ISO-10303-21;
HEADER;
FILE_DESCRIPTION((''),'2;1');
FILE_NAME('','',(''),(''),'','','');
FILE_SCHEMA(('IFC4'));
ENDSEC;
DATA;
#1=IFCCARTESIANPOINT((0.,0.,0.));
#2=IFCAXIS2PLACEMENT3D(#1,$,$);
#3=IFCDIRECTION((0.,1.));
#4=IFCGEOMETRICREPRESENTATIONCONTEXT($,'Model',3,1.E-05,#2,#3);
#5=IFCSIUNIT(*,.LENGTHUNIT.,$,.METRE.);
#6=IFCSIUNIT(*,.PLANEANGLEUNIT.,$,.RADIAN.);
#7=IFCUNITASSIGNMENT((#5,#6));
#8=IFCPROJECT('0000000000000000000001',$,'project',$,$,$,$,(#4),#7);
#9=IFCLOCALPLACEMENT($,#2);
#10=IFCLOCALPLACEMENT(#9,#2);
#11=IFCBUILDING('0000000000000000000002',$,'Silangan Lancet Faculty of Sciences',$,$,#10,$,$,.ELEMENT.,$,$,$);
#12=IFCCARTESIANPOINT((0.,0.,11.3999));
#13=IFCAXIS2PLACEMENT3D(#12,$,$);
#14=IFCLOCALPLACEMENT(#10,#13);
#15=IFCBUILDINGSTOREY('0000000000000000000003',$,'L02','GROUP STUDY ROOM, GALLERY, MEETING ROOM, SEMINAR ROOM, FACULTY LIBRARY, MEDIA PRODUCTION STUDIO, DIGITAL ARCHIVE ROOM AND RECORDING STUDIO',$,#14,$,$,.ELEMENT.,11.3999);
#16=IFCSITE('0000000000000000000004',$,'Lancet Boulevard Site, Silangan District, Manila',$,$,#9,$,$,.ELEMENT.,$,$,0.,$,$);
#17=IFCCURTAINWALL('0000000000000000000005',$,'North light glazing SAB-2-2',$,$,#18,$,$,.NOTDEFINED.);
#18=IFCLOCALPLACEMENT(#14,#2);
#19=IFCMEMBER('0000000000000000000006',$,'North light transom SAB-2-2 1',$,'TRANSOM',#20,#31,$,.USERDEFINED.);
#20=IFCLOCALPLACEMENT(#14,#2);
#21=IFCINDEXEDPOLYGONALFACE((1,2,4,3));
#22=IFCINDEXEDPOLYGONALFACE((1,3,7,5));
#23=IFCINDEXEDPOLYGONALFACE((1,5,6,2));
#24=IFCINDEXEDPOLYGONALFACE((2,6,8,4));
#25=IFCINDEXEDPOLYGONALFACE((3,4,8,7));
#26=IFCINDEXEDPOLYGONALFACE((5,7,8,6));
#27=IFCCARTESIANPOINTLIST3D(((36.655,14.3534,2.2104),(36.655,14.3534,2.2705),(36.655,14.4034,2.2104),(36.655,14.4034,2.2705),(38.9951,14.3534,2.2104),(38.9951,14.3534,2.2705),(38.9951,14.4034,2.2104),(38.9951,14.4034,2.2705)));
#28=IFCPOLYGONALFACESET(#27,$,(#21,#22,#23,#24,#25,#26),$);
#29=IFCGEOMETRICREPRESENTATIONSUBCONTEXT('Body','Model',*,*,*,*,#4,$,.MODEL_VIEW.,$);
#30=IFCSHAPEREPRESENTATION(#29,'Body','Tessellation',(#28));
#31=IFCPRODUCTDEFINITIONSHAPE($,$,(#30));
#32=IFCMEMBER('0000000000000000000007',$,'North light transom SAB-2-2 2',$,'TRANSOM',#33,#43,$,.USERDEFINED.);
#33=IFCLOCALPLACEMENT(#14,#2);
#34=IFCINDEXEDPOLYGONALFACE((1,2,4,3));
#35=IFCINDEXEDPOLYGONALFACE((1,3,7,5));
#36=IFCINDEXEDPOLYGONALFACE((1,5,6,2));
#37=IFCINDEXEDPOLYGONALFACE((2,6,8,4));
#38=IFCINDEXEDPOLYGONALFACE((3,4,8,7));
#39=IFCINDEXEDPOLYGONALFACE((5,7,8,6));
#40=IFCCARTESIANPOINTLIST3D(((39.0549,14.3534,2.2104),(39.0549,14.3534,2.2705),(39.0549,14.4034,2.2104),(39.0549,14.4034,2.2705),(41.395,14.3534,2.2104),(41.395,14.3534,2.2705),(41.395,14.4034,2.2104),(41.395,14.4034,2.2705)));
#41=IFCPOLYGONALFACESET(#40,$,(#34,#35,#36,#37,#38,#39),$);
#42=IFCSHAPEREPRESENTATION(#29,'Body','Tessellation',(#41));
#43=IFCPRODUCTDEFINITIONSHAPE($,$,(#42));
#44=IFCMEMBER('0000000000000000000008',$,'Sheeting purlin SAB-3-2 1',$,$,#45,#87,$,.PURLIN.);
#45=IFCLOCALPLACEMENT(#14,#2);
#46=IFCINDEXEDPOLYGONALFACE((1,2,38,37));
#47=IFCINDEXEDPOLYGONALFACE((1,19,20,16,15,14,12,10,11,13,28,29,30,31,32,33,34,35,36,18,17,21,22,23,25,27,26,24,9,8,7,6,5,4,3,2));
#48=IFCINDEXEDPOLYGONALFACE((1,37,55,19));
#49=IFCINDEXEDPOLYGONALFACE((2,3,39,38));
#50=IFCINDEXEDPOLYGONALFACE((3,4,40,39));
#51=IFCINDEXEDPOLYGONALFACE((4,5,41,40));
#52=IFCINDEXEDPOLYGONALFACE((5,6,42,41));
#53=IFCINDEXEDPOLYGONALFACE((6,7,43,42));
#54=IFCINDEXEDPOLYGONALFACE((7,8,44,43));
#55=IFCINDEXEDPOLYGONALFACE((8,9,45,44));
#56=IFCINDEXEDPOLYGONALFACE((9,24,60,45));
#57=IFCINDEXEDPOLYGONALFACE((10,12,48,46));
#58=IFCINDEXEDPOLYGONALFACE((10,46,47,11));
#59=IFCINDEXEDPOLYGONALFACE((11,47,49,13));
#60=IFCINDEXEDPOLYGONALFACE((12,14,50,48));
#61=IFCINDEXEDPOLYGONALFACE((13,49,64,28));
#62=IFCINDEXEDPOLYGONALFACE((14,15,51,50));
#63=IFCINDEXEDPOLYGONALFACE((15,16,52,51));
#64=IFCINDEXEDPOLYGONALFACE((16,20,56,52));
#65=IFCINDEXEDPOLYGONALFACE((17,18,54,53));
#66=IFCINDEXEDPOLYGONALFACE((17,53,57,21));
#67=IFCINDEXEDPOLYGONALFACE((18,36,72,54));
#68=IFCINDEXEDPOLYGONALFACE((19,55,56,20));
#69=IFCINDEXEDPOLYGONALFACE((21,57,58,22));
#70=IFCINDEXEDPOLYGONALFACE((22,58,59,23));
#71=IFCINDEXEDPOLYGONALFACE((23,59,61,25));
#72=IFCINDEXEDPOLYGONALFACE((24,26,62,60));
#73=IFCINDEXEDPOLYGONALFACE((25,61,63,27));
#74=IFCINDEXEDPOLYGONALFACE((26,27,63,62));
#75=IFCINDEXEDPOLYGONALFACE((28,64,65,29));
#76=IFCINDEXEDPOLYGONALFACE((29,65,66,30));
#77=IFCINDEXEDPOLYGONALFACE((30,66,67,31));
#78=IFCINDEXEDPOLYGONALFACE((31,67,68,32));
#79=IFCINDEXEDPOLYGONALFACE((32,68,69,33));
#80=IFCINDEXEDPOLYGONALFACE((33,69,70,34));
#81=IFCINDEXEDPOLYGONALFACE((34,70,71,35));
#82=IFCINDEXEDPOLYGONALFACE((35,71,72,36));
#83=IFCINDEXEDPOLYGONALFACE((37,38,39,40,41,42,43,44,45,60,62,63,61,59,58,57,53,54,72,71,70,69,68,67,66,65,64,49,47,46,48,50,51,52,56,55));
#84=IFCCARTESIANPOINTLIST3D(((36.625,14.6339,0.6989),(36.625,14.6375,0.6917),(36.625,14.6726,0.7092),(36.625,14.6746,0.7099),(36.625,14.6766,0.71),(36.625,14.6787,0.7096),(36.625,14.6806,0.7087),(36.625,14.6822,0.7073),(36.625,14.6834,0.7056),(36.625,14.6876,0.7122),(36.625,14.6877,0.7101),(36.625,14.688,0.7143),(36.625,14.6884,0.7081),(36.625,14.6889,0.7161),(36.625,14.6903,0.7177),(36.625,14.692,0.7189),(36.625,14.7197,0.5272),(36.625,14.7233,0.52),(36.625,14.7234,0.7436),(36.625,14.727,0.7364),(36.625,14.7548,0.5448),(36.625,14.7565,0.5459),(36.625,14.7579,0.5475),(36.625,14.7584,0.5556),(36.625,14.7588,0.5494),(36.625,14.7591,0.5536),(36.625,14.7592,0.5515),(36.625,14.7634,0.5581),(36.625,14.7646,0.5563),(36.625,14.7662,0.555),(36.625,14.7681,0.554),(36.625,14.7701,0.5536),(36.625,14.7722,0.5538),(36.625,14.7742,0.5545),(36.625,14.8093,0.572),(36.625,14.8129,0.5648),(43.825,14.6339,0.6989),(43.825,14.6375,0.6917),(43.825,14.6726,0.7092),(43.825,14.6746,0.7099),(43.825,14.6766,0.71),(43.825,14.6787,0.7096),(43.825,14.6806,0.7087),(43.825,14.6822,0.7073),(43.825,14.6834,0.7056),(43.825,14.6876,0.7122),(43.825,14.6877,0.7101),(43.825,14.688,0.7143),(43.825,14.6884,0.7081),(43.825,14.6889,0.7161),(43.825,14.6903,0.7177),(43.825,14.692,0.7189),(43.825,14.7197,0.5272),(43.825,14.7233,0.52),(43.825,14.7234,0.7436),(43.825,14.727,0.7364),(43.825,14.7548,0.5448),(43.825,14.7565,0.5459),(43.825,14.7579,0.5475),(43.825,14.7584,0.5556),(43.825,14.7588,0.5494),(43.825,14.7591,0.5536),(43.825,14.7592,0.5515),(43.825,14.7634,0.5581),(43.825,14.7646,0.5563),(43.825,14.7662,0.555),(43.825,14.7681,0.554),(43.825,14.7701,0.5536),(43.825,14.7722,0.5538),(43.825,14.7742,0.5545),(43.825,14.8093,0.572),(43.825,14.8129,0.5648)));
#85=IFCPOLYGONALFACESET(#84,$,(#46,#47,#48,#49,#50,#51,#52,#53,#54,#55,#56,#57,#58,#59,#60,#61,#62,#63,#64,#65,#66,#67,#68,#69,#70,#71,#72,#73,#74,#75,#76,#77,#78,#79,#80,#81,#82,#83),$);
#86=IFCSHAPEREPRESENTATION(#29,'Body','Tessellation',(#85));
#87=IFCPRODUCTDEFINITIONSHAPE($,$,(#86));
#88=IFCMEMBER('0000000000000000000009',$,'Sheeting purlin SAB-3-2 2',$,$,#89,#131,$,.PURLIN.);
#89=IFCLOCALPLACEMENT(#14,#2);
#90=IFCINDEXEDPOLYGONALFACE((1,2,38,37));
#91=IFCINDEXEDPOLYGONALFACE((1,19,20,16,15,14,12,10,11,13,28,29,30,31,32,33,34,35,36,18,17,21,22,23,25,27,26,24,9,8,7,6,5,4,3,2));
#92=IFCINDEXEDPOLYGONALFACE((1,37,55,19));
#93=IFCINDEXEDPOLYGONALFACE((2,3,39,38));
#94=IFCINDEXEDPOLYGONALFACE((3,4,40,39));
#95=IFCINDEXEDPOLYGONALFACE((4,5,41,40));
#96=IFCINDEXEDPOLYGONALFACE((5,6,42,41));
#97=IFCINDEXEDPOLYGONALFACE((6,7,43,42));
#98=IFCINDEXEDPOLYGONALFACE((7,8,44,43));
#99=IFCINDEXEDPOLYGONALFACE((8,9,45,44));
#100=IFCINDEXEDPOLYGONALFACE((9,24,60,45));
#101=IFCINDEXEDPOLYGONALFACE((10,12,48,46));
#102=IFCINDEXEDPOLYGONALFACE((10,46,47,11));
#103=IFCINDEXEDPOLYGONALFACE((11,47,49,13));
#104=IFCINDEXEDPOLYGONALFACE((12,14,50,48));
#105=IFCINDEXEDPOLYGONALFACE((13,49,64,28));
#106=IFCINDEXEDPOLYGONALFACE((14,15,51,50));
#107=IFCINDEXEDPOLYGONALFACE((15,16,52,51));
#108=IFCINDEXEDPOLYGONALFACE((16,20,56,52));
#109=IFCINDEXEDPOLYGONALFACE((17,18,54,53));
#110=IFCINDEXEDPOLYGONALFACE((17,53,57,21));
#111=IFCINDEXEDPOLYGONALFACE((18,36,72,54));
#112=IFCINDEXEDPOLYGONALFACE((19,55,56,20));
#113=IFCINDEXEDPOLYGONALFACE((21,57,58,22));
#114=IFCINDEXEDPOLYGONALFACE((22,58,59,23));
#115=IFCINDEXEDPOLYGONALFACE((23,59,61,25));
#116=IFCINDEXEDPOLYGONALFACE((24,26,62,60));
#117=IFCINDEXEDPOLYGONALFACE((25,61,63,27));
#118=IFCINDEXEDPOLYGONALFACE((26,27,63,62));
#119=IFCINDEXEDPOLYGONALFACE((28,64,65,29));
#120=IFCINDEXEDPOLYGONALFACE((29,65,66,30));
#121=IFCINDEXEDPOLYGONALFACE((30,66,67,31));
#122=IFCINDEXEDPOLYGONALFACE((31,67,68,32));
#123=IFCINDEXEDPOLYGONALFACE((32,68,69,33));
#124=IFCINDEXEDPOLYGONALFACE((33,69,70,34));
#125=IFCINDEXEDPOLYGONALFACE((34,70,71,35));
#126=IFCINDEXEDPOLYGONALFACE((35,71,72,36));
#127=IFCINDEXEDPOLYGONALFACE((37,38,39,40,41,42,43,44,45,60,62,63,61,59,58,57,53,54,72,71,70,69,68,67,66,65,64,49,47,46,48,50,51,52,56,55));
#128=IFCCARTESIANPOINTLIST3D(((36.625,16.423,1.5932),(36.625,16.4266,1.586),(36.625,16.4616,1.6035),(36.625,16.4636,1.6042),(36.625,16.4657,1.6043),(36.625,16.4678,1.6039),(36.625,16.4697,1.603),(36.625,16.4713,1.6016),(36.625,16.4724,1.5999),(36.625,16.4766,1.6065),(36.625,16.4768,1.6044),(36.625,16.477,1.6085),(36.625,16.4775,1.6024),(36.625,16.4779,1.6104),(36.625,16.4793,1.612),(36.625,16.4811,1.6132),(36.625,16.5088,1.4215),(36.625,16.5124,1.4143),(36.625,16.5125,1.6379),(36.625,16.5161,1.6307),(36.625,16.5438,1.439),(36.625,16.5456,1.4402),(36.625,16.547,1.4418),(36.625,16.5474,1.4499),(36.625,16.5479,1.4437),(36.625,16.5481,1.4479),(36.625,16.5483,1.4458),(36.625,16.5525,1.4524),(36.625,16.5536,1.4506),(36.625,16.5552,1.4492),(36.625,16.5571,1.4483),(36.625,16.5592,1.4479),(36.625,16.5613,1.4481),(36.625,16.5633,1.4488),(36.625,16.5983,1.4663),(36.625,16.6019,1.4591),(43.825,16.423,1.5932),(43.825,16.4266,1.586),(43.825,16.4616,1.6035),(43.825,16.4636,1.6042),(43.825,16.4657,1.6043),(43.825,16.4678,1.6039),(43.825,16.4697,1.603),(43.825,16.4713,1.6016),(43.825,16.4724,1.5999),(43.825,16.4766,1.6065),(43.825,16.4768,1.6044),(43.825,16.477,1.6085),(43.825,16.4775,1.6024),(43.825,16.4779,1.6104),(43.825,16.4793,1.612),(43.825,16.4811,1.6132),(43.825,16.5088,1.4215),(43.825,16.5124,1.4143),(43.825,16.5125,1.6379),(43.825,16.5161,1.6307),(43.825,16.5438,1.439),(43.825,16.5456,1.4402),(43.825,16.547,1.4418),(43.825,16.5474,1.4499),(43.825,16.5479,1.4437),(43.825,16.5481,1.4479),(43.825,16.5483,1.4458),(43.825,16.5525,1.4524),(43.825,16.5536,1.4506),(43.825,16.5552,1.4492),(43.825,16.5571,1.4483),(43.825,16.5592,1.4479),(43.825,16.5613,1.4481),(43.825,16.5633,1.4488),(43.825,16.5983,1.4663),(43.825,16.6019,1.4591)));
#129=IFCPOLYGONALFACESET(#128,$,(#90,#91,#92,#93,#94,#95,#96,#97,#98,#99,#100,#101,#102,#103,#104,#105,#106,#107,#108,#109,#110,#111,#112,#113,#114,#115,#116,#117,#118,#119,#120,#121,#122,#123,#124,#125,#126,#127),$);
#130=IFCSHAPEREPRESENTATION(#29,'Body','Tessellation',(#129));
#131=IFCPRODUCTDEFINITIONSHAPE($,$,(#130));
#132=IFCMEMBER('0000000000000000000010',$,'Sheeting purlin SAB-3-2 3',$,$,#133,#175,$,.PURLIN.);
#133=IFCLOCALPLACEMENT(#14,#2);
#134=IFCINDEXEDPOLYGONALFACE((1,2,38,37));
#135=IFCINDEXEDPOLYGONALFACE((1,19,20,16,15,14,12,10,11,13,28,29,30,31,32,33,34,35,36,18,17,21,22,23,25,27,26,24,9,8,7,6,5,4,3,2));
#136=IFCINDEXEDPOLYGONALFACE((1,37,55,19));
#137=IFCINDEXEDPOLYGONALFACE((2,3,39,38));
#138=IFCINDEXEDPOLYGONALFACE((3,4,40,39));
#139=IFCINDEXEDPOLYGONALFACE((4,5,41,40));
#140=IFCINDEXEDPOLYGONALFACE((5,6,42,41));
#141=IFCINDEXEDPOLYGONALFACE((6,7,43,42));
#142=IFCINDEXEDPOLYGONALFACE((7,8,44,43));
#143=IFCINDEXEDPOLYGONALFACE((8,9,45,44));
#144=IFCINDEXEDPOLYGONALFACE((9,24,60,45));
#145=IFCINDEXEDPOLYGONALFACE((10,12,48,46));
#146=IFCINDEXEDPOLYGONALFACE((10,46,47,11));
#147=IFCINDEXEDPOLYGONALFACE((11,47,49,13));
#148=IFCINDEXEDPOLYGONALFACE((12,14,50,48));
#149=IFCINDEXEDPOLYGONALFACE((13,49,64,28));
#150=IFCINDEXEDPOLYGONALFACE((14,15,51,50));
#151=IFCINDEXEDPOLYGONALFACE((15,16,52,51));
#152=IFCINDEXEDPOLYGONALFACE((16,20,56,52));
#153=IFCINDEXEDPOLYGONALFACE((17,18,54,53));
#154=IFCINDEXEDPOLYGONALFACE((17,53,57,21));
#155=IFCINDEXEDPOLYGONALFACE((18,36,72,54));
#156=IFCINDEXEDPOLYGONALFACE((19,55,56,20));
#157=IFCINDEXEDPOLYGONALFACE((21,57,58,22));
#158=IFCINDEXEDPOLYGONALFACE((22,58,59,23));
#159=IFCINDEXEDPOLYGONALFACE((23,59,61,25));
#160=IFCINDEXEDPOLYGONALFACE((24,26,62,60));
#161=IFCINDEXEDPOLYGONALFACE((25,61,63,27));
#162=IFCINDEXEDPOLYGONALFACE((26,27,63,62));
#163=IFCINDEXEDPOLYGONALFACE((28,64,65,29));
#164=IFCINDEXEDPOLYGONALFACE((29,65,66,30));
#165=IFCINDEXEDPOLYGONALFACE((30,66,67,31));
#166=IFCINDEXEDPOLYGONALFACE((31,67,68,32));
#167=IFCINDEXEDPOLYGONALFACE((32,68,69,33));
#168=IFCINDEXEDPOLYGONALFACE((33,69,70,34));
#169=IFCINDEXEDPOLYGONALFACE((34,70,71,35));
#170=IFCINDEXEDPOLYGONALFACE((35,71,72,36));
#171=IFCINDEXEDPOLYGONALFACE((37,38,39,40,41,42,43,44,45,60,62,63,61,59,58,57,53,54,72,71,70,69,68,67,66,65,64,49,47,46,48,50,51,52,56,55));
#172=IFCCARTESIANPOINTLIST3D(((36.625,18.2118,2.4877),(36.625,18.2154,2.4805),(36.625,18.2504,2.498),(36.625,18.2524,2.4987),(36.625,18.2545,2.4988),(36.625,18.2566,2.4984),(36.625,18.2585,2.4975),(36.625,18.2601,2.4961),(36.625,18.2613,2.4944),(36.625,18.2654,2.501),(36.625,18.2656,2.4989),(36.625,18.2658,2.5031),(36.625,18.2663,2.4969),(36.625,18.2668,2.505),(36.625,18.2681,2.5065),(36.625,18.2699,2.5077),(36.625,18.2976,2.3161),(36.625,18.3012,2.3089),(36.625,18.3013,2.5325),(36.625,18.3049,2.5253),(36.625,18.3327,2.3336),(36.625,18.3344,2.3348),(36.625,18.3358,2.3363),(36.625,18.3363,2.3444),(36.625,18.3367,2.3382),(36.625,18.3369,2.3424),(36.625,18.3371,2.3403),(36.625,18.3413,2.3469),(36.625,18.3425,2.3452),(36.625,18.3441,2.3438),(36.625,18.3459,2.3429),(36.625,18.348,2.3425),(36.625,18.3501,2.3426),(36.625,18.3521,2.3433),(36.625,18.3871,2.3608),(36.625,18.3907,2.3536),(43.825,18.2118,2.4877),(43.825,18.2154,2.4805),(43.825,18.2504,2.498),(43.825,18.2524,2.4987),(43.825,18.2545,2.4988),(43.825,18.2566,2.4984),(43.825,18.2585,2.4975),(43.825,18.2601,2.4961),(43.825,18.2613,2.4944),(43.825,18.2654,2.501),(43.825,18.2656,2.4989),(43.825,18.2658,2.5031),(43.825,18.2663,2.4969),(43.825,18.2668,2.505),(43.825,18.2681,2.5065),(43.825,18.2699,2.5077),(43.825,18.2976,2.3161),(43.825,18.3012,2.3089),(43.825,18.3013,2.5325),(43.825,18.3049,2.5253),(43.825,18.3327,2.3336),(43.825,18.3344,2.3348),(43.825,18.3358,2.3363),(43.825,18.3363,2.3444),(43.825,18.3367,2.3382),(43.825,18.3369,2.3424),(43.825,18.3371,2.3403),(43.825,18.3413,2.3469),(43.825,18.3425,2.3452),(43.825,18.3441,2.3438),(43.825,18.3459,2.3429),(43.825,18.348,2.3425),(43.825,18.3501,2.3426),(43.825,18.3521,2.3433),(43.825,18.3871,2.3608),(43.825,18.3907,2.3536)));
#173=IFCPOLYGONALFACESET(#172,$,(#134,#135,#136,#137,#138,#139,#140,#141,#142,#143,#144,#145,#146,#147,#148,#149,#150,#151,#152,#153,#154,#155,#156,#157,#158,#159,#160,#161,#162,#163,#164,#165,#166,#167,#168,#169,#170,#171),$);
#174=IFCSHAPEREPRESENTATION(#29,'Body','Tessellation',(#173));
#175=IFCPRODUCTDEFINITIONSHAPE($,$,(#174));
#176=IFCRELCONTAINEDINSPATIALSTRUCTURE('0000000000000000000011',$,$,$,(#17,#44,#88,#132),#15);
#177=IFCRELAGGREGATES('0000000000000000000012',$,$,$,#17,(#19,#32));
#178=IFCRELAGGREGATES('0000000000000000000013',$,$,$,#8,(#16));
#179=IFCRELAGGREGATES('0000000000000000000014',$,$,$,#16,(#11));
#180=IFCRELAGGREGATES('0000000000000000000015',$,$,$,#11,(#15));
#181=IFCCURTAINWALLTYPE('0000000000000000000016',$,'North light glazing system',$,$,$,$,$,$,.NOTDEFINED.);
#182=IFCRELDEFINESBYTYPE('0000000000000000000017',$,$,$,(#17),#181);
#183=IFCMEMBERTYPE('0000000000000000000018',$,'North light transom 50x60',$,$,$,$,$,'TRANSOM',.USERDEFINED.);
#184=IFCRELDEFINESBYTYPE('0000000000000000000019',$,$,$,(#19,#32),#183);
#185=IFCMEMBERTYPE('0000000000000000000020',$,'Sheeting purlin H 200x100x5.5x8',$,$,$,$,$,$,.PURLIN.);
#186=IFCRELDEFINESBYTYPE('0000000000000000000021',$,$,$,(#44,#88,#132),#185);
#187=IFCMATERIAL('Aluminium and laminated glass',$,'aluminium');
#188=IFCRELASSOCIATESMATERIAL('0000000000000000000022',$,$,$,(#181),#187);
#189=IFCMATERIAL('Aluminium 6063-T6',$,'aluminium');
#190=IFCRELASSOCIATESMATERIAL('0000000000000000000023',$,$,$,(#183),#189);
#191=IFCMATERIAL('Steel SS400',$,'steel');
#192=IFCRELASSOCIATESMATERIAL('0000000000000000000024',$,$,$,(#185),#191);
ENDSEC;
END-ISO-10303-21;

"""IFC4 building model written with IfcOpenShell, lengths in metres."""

from ifc_helpers import new_model, si_unit, direction, frame, origin, origin_2d, place, context, subcontext, project, spatial, rectangle, i_section, extrude, material, material_profile, profile_set, type_object, element, aggregate, save


model = new_model("IFC4")

# Units and contexts
model_context = context("Model", 3, precision=1e-05, world=origin(), true_north=direction((0.0, 1.0)))
body_context = subcontext(model_context, "Body", "Model", "MODEL_VIEW")
ifc_project = project(units=[si_unit("LENGTHUNIT", "METRE"), si_unit("PLANEANGLEUNIT", "RADIAN")], contexts=[model_context])

# Site, building, storey
site_placement = place(None, origin())
site = spatial("IfcSite", under=ifc_project, at=site_placement, Name="Lancet Boulevard Site, Silangan District, Manila", CompositionType="ELEMENT", RefElevation=0.0)
building_placement = place(site_placement, origin())
building = spatial("IfcBuilding", under=site, at=building_placement, Name="Silangan Lancet Faculty of Sciences", CompositionType="ELEMENT")
storey_placement = place(building_placement, frame((0.0, 0.0, 11.3999)))
storey = spatial("IfcBuildingStorey", under=building, at=storey_placement, Name="L02", Description="GROUP STUDY ROOM, GALLERY, MEETING ROOM, SEMINAR ROOM, FACULTY LIBRARY, MEDIA PRODUCTION STUDIO, DIGITAL ARCHIVE ROOM AND RECORDING STUDIO", CompositionType="ELEMENT", Elevation=11.3999)

# Curtain wall
ifc_material_1 = material(Name="Aluminium and laminated glass", Category="aluminium")
curtain_wall_type = type_object("IfcCurtainWallType", Name="North light glazing system", PredefinedType="NOTDEFINED", material=ifc_material_1)
curtain_wall_1_placement = place(storey_placement, origin())
curtain_wall_1 = element("IfcCurtainWall", 1, at=curtain_wall_1_placement, inside=storey, type_object=curtain_wall_type, Name="North light glazing SAB-2-2", PredefinedType="NOTDEFINED")

# Shared definitions
ifc_material_2 = material(Name="Aluminium 6063-T6", Category="aluminium")
ifc_material_profile_1 = material_profile(ifc_material_2, rectangle(XDim=0.05, YDim=0.0601, at=origin_2d()), Name="AL 50x60")
ifc_profile_set_1 = profile_set([ifc_material_profile_1], Name="Aluminium 6063-T6")
member_type_1 = type_object("IfcMemberType", Name="North light transom 50x60", ElementType="TRANSOM", PredefinedType="USERDEFINED", material=ifc_profile_set_1)

# Members
member_1_placement = place(storey_placement, frame((36.655, 14.3784, 2.2405), z_axis=(1.0, 0.0, 0.0), x_axis=(0.0, 1.0, 0.0)))
member_1 = element("IfcMember", 2, at=member_1_placement, type_object=member_type_1, Name="North light transom SAB-2-2 1", ObjectType="TRANSOM", PredefinedType="USERDEFINED", context=body_context, shape_type="SweptSolid", body=[
    extrude(rectangle(XDim=0.05, YDim=0.0601, at=origin_2d()), origin(), (0.0, 0.0, 1.0), 2.3401),
])
member_2_placement = place(storey_placement, frame((39.0549, 14.3784, 2.2405), z_axis=(1.0, 0.0, 0.0), x_axis=(0.0, 1.0, 0.0)))
member_2 = element("IfcMember", 3, at=member_2_placement, type_object=member_type_1, Name="North light transom SAB-2-2 2", ObjectType="TRANSOM", PredefinedType="USERDEFINED", context=body_context, shape_type="SweptSolid", body=[
    extrude(rectangle(XDim=0.05, YDim=0.0601, at=origin_2d()), origin(), (0.0, 0.0, 1.0), 2.3401),
])

# Members
ifc_material_3 = material(Name="Steel SS400", Category="steel")
ifc_material_profile_2 = material_profile(ifc_material_3, i_section(OverallWidth=0.1001, OverallDepth=0.2, WebThickness=0.0056, FlangeThickness=0.0081, FilletRadius=0.0081, at=origin_2d()), Name="H 200x100x5.5x8")
ifc_profile_set_2 = profile_set([ifc_material_profile_2], Name="Steel SS400")
member_type_2 = type_object("IfcMemberType", Name="Sheeting purlin H 200x100x5.5x8", PredefinedType="PURLIN", material=ifc_profile_set_2)
for number, where, z_axis, x_axis, name in (
    (4, (36.625, 14.7234, 0.6318), (1.0, 0.0, 0.0), (0.0, 0.894427, 0.447214), "Sheeting purlin SAB-3-2 1"),
    (5, (36.625, 16.5125, 1.5261), (1.0, 0.0, 0.0), (0.0, 0.894427, 0.447214), "Sheeting purlin SAB-3-2 2"),
    (6, (36.625, 18.3013, 2.4207), (1.0, 0.0, 0.0), (0.0, 0.894427, 0.447214), "Sheeting purlin SAB-3-2 3"),
):
    element("IfcMember", number, at=place(storey_placement, frame(where, z_axis=z_axis, x_axis=x_axis)), inside=storey, type_object=member_type_2, Name=name, PredefinedType="PURLIN", context=body_context, shape_type="SweptSolid", body=[
        extrude(i_section(OverallWidth=0.1001, OverallDepth=0.2, WebThickness=0.0056, FlangeThickness=0.0081, FilletRadius=0.0081, at=origin_2d()), origin(), (0.0, 0.0, 1.0), 7.2),
    ])

aggregate(curtain_wall_1, [member_1, member_2])

save(model, "model.ifc")
